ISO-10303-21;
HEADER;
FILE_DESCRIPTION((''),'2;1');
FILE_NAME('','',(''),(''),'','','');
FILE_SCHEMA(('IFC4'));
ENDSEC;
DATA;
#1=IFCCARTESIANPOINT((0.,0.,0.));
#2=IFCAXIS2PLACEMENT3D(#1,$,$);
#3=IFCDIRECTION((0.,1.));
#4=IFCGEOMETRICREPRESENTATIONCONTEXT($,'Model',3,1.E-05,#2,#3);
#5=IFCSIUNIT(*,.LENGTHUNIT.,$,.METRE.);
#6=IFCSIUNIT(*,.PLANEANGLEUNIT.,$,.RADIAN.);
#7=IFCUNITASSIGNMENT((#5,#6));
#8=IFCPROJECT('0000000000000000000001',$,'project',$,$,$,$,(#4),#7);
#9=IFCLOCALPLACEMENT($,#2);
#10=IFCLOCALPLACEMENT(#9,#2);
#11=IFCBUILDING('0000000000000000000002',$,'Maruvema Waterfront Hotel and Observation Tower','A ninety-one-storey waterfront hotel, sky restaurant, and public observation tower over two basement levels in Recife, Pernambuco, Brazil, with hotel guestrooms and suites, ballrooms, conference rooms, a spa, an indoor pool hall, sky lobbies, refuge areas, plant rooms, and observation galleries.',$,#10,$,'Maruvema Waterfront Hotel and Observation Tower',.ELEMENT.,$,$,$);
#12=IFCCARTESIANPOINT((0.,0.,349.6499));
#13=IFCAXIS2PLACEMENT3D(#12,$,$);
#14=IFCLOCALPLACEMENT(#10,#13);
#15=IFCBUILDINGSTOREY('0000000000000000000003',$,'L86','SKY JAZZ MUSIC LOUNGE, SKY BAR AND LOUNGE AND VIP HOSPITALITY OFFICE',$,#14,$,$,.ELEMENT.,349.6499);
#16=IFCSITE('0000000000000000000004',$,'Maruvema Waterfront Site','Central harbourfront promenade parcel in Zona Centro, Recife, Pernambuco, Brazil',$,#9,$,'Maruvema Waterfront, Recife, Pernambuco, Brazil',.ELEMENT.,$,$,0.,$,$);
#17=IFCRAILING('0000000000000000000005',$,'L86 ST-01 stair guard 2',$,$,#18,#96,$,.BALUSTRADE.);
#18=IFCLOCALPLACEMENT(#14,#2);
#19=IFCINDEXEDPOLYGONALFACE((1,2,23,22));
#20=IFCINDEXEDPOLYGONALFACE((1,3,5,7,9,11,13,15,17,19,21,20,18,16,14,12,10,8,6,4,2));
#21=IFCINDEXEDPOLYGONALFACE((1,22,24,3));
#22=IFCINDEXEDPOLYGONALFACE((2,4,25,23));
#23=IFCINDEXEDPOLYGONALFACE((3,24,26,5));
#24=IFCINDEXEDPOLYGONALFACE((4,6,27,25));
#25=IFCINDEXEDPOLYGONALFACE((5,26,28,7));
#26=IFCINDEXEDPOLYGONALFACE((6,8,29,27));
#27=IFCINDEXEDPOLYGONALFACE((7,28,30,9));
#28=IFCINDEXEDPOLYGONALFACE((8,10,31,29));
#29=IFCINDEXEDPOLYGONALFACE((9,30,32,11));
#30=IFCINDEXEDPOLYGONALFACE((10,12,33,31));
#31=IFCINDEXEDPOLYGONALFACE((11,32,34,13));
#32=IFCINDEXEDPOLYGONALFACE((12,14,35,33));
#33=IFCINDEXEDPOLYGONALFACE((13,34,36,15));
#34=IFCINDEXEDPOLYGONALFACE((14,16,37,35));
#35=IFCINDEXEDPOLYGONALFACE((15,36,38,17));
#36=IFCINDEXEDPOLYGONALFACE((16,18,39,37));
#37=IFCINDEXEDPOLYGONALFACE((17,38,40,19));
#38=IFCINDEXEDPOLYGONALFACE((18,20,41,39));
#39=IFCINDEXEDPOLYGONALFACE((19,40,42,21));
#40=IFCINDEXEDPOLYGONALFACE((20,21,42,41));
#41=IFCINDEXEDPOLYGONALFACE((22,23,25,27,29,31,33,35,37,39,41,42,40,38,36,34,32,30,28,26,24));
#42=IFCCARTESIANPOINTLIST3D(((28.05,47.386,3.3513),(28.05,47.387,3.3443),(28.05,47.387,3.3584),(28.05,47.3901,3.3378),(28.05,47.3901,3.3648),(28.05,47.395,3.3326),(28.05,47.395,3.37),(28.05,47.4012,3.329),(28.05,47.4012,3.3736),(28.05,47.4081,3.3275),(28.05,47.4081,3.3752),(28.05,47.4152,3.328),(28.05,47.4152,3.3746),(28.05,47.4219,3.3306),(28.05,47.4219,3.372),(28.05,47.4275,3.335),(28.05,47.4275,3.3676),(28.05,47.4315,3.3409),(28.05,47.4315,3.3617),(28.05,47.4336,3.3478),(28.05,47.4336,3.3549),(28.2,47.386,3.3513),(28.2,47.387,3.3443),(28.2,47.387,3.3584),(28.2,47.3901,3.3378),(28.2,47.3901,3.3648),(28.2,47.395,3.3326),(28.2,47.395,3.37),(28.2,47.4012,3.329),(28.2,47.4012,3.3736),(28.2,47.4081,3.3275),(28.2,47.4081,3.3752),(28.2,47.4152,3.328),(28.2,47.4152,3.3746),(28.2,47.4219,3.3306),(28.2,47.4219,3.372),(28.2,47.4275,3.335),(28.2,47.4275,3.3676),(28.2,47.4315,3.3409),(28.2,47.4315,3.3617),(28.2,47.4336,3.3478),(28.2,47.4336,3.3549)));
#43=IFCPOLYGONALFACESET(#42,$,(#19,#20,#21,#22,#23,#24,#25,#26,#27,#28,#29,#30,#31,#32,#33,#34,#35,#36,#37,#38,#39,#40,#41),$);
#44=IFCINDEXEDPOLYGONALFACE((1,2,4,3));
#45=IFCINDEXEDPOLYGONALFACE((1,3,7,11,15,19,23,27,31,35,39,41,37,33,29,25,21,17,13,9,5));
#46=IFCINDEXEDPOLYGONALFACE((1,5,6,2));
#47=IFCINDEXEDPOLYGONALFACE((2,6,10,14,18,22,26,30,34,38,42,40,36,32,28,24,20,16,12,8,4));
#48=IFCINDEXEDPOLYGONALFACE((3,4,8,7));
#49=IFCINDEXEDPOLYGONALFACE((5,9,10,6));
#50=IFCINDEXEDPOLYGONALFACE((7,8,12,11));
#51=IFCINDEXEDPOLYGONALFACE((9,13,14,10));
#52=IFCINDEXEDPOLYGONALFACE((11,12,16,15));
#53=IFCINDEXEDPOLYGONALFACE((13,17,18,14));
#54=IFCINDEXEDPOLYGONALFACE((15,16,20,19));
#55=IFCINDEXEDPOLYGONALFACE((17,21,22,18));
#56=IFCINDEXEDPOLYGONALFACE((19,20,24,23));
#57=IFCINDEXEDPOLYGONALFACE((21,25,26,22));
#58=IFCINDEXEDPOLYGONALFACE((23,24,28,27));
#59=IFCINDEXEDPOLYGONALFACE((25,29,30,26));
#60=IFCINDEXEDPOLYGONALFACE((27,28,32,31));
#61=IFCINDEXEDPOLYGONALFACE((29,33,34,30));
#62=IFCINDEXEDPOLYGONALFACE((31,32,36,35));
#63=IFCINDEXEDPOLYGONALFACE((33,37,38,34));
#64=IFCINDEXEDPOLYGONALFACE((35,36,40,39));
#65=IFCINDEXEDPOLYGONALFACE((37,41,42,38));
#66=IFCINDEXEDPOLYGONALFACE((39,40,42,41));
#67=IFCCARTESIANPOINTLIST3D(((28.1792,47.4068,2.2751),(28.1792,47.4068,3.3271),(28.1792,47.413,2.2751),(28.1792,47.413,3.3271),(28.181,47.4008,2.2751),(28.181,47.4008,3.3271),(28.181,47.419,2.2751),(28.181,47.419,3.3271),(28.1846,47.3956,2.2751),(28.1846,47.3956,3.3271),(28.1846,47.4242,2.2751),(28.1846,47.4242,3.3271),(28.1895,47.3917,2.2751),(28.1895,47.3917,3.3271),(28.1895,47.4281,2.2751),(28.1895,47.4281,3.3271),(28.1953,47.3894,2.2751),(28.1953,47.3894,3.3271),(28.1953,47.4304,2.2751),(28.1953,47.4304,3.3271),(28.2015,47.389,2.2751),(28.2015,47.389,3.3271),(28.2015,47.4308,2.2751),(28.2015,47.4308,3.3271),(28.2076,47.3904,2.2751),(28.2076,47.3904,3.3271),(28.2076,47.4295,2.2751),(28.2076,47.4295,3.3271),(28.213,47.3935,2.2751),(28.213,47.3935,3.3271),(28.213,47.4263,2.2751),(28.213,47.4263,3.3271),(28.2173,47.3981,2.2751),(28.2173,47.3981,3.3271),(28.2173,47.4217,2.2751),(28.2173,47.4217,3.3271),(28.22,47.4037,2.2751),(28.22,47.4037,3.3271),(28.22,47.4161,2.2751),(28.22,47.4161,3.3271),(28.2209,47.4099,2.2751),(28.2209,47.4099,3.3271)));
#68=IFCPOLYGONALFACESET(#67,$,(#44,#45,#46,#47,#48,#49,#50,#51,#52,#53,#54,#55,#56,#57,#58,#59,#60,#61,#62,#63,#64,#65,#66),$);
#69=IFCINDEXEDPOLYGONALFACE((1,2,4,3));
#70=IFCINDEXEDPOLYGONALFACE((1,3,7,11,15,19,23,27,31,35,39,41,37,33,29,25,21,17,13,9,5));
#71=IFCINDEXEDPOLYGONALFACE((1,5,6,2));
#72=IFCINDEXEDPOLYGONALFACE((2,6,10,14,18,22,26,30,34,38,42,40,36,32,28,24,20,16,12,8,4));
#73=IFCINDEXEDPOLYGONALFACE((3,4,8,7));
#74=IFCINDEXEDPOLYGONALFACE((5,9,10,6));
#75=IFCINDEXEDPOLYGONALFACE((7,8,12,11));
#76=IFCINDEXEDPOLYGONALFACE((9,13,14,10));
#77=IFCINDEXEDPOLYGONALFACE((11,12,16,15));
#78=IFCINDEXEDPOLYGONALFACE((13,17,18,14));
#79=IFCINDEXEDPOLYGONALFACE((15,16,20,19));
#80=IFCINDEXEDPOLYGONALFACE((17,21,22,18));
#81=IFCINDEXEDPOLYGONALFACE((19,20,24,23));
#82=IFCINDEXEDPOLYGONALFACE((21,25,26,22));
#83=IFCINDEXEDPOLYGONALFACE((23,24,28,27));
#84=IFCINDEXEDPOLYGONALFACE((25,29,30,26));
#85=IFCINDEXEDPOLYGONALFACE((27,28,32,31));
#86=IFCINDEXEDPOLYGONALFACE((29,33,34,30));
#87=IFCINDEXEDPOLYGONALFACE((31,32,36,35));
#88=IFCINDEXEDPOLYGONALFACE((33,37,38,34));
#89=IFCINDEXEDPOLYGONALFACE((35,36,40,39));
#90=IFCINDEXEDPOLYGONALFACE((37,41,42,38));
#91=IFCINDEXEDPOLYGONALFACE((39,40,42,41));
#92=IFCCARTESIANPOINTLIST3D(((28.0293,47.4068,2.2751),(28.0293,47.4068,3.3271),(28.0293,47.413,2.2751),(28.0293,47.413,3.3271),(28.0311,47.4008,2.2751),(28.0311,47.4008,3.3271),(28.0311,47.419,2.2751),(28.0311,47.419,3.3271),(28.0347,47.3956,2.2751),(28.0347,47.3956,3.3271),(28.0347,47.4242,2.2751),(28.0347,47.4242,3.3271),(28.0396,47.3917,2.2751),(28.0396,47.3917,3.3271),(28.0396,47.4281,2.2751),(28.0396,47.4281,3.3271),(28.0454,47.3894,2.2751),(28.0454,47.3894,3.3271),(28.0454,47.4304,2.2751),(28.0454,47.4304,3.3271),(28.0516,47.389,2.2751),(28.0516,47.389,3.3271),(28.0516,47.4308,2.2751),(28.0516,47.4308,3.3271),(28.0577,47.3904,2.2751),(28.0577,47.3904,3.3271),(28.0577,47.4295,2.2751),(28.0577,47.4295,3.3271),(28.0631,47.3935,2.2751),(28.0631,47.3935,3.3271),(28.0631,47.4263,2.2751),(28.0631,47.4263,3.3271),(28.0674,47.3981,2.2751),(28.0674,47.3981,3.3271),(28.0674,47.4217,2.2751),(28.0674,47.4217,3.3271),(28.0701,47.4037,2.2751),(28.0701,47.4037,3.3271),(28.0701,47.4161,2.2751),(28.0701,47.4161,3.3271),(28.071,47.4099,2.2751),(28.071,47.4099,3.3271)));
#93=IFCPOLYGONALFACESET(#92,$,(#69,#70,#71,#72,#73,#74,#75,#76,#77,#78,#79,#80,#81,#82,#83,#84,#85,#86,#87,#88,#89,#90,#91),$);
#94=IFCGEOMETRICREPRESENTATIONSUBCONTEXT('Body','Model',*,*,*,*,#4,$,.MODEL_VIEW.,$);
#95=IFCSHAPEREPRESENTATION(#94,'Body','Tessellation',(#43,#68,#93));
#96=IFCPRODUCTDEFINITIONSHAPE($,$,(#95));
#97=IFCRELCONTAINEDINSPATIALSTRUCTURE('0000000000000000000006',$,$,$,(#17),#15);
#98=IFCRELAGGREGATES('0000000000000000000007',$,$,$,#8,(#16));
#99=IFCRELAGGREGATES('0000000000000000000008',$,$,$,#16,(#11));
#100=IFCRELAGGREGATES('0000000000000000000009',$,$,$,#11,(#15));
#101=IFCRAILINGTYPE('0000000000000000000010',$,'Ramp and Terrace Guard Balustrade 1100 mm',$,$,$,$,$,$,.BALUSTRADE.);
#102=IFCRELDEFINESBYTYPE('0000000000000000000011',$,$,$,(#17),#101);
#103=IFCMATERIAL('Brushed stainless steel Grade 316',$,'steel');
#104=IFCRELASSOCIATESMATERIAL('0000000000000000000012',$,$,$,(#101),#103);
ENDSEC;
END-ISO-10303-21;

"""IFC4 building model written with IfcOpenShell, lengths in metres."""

from ifc_helpers import new_model, si_unit, direction, frame, origin, origin_2d, place, context, subcontext, project, spatial, circle, extrude, material, type_object, element, save


model = new_model("IFC4")

# Units and contexts
model_context = context("Model", 3, precision=1e-05, world=origin(), true_north=direction((0.0, 1.0)))
body_context = subcontext(model_context, "Body", "Model", "MODEL_VIEW")
ifc_project = project(units=[si_unit("LENGTHUNIT", "METRE"), si_unit("PLANEANGLEUNIT", "RADIAN")], contexts=[model_context])

# Site, building, storey
site_placement = place(None, origin())
site = spatial("IfcSite", under=ifc_project, at=site_placement, Name="Maruvema Waterfront Site", Description="Central harbourfront promenade parcel in Zona Centro, Recife, Pernambuco, Brazil", LongName="Maruvema Waterfront, Recife, Pernambuco, Brazil", CompositionType="ELEMENT", RefElevation=0.0)
building_placement = place(site_placement, origin())
building = spatial("IfcBuilding", under=site, at=building_placement, Name="Maruvema Waterfront Hotel and Observation Tower", Description="A ninety-one-storey waterfront hotel, sky restaurant, and public observation tower over two basement levels in Recife, Pernambuco, Brazil, with hotel guestrooms and suites, ballrooms, conference rooms, a spa, an indoor pool hall, sky lobbies, refuge areas, plant rooms, and observation galleries.", LongName="Maruvema Waterfront Hotel and Observation Tower", CompositionType="ELEMENT")
storey_placement = place(building_placement, frame((0.0, 0.0, 349.6499)))
storey = spatial("IfcBuildingStorey", under=building, at=storey_placement, Name="L86", Description="SKY JAZZ MUSIC LOUNGE, SKY BAR AND LOUNGE AND VIP HOSPITALITY OFFICE", CompositionType="ELEMENT", Elevation=349.6499)

# Railing
ifc_material_1 = material(Name="Brushed stainless steel Grade 316", Category="steel")
railing_type_1 = type_object("IfcRailingType", Name="Ramp and Terrace Guard Balustrade 1100 mm", PredefinedType="BALUSTRADE", material=ifc_material_1)
railing_1_placement = place(storey_placement, frame((28.2, 47.4099, 2.2751)))
element("IfcRailing", 1, at=railing_1_placement, inside=storey, type_object=railing_type_1, Name="L86 ST-01 stair guard 2", PredefinedType="BALUSTRADE", context=body_context, shape_type="SweptSolid", body=[
    extrude(circle(Radius=0.0239, at=origin_2d()), frame((0.0, 0.0, 1.0762), z_axis=(-1.0, 0.0, 0.0), x_axis=(0.0, -1.0, 0.0)), (0.0, 0.0, 1.0), 0.1499),
    extrude(circle(Radius=0.021, at=origin_2d()), origin(), (0.0, 0.0, 1.0), 1.052),
    extrude(circle(Radius=0.021, at=origin_2d()), frame((-0.1499, 0.0, 0.0)), (0.0, 0.0, 1.0), 1.052),
])

save(model, "model.ifc")
